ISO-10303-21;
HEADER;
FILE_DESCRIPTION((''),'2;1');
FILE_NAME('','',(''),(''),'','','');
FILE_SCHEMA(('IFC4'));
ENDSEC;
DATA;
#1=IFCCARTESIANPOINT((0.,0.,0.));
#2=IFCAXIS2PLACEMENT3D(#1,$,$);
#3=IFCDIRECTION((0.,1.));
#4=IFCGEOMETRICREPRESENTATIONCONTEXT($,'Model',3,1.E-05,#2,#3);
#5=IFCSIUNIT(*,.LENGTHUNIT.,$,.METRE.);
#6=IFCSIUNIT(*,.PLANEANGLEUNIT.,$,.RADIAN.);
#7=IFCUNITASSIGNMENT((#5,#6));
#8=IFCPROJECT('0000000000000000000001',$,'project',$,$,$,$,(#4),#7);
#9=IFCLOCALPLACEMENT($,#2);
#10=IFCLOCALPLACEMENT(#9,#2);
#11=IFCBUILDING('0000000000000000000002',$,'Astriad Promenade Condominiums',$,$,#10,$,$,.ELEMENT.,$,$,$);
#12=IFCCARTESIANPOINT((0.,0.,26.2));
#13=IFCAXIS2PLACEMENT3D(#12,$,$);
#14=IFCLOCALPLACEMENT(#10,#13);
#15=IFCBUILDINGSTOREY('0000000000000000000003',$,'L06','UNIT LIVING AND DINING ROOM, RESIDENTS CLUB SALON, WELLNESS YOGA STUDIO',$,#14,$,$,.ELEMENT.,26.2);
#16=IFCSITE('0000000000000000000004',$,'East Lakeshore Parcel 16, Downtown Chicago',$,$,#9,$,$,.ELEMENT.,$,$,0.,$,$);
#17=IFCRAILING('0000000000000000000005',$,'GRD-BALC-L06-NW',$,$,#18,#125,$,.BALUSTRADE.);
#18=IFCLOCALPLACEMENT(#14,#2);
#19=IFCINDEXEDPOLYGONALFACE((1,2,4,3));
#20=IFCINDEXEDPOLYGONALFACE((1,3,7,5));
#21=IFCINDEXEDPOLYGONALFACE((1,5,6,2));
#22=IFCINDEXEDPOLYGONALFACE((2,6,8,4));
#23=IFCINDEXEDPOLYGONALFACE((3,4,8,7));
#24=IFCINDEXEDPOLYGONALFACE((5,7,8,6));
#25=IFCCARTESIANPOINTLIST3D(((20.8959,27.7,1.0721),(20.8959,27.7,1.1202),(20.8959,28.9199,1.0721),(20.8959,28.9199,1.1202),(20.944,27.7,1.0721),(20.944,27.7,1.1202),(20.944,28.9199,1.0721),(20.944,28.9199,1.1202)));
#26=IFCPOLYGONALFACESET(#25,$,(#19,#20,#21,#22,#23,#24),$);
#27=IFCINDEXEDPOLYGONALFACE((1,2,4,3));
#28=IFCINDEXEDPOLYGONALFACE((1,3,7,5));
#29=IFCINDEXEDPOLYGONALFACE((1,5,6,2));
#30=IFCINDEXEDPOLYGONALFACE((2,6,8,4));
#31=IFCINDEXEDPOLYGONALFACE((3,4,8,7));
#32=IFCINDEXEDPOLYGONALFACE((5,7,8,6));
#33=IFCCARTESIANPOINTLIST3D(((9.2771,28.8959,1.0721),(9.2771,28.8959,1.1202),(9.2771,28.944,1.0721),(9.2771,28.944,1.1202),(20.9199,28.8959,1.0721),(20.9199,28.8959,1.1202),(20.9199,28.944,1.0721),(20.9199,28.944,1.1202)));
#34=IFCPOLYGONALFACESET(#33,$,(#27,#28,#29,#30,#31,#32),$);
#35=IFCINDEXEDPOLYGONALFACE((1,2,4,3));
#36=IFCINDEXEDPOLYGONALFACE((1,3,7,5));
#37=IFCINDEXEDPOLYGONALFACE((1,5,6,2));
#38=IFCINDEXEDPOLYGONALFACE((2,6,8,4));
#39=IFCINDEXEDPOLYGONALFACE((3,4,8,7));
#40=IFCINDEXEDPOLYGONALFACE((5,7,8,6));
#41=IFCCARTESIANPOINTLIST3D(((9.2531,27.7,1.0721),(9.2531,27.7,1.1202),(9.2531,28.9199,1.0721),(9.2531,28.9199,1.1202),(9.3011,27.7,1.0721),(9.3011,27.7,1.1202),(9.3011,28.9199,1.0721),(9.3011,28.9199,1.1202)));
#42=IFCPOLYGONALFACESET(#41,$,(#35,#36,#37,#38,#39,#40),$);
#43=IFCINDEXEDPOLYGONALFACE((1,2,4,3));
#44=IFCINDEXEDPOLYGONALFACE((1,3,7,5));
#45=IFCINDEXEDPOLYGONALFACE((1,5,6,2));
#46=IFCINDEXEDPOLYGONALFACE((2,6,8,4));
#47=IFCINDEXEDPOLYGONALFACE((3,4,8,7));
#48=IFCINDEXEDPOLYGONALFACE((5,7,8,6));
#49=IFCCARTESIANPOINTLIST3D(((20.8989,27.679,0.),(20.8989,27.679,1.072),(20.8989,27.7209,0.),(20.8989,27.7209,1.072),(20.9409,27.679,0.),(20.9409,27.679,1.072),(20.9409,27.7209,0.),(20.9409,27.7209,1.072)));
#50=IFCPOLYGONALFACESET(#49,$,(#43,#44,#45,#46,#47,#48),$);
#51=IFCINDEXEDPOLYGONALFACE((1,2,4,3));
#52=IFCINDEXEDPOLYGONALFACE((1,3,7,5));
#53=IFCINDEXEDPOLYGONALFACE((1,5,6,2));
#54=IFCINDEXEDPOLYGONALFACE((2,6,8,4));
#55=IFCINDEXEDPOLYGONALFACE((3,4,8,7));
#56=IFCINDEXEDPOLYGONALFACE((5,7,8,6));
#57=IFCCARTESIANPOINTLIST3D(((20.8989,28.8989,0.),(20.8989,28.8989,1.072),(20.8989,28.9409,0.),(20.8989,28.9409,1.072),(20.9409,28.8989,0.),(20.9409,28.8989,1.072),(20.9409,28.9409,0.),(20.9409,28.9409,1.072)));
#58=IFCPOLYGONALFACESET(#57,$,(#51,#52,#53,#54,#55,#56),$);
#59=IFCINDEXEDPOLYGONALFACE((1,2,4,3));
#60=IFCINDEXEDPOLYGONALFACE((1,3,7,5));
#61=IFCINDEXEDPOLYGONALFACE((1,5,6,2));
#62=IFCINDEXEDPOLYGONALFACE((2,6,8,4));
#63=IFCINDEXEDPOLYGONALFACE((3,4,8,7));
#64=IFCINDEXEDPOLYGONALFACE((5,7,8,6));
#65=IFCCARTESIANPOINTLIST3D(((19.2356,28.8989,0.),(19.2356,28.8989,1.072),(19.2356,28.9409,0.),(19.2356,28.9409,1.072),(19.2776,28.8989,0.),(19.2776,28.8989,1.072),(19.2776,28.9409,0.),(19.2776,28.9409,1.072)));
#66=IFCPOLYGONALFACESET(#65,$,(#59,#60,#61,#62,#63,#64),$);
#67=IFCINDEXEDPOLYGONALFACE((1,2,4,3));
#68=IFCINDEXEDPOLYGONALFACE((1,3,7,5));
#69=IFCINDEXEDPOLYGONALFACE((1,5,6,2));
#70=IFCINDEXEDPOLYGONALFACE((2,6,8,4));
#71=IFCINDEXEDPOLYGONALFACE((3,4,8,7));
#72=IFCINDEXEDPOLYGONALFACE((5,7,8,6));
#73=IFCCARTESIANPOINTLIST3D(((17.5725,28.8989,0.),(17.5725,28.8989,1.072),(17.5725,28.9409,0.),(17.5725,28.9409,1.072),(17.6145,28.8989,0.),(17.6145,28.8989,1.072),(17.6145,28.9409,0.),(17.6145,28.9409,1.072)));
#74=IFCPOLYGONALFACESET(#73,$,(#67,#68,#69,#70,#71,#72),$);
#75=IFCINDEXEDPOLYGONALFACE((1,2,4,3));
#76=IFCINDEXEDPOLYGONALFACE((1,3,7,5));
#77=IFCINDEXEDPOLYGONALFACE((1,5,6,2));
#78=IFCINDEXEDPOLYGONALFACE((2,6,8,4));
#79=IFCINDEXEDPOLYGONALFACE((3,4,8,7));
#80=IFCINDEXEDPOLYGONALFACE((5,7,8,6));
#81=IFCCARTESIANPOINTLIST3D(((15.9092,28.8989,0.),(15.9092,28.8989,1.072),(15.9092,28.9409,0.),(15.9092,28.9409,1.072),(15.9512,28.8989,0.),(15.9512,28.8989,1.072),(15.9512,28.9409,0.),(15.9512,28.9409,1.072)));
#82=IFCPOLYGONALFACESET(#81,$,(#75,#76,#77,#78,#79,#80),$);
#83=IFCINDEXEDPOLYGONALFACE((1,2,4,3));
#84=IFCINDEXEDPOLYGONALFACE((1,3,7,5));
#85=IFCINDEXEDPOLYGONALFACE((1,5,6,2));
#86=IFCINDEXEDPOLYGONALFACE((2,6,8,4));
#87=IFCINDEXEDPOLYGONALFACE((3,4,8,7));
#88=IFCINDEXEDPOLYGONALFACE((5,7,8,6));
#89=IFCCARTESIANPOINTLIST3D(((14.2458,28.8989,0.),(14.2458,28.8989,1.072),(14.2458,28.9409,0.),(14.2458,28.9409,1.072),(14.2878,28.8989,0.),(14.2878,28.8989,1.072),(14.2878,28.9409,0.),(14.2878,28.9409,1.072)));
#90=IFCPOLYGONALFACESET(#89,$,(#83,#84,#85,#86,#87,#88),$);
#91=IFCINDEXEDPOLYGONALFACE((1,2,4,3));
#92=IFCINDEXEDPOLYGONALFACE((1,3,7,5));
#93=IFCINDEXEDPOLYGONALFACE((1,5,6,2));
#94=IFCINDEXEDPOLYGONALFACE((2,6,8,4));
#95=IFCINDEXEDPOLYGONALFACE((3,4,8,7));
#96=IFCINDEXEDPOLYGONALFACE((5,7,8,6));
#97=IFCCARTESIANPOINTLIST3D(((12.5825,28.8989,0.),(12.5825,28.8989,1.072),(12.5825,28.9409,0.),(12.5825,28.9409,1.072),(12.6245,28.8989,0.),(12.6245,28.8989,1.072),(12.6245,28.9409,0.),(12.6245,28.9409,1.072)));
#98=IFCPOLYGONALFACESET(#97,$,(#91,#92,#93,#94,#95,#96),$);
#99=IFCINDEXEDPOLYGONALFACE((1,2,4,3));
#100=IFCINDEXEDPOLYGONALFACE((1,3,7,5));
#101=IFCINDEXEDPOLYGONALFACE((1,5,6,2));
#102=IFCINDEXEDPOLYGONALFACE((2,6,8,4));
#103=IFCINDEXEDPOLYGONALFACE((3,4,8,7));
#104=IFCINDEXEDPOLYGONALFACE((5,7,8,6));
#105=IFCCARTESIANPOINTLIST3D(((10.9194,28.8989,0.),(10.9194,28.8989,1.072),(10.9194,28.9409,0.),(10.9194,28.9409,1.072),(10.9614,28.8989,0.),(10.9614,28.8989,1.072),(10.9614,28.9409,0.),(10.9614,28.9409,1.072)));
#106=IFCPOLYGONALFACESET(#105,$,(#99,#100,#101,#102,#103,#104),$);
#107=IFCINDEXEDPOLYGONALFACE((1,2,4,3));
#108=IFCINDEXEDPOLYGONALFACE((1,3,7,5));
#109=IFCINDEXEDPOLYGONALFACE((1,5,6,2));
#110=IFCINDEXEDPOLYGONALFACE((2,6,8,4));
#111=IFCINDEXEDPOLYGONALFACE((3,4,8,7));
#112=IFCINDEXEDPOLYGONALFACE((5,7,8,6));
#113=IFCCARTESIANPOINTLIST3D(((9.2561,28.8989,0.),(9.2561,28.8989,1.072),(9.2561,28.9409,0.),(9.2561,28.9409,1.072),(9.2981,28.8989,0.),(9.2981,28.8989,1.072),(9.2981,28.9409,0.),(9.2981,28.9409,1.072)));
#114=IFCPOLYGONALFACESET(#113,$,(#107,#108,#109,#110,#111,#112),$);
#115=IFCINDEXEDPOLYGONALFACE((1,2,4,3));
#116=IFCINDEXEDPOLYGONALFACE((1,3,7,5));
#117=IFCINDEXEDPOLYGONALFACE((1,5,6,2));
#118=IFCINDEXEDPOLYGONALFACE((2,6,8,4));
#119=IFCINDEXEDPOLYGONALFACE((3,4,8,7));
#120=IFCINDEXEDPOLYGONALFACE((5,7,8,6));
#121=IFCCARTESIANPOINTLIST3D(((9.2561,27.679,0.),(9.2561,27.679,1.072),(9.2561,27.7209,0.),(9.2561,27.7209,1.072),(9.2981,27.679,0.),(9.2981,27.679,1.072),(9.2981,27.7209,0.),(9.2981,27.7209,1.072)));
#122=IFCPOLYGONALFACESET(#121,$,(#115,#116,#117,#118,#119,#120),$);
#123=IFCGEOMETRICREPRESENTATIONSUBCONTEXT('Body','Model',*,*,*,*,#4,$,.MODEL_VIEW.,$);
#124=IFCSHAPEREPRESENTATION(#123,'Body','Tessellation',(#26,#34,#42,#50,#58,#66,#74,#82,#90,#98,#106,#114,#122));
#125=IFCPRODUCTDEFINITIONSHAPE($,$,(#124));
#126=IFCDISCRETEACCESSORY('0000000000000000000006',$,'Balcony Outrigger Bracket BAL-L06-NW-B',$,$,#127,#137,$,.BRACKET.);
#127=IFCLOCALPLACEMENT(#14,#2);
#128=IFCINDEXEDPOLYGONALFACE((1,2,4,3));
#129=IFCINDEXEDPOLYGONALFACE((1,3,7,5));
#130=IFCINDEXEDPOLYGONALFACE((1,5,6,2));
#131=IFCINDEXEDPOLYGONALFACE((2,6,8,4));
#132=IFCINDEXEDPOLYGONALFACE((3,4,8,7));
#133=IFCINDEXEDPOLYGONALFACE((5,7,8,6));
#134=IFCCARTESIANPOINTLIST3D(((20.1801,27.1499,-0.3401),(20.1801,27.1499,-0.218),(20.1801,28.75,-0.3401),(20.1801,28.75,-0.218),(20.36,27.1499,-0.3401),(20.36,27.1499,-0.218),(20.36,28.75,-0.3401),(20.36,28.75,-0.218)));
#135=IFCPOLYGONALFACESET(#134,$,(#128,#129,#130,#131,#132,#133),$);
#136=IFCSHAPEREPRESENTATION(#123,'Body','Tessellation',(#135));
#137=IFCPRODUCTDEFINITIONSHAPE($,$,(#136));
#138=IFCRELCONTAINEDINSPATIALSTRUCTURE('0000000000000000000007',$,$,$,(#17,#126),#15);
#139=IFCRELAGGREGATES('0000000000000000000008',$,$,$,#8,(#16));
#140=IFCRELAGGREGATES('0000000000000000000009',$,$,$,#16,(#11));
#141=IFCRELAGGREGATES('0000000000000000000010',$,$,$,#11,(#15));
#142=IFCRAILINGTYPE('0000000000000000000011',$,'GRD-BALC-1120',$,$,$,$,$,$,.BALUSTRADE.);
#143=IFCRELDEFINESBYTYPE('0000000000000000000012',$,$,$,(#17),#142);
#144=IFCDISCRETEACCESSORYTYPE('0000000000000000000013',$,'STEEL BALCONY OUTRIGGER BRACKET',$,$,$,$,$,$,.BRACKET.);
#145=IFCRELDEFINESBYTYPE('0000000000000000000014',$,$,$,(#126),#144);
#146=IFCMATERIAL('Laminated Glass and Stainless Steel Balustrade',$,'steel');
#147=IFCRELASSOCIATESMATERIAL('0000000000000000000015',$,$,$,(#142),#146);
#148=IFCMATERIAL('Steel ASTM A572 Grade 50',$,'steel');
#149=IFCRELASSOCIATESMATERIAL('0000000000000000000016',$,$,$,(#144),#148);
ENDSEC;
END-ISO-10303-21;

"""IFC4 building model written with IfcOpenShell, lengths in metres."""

from ifc_helpers import new_model, si_unit, direction, frame, origin, origin_2d, place, context, subcontext, project, spatial, rectangle, extrude, source, transform, mapped, material, type_object, type_shapes, element, save


model = new_model("IFC4")

# Units and contexts
model_context = context("Model", 3, precision=1e-05, world=origin(), true_north=direction((0.0, 1.0)))
body_context = subcontext(model_context, "Body", "Model", "MODEL_VIEW")
ifc_project = project(units=[si_unit("LENGTHUNIT", "METRE"), si_unit("PLANEANGLEUNIT", "RADIAN")], contexts=[model_context])

# Site, building, storey
site_placement = place(None, origin())
site = spatial("IfcSite", under=ifc_project, at=site_placement, Name="East Lakeshore Parcel 16, Downtown Chicago", CompositionType="ELEMENT", RefElevation=0.0)
building_placement = place(site_placement, origin())
building = spatial("IfcBuilding", under=site, at=building_placement, Name="Astriad Promenade Condominiums", CompositionType="ELEMENT")
storey_placement = place(building_placement, frame((0.0, 0.0, 26.2)))
storey = spatial("IfcBuildingStorey", under=building, at=storey_placement, Name="L06", Description="UNIT LIVING AND DINING ROOM, RESIDENTS CLUB SALON, WELLNESS YOGA STUDIO", CompositionType="ELEMENT", Elevation=26.2)

# Railing
ifc_material_1 = material(Name="Laminated Glass and Stainless Steel Balustrade", Category="steel")
railing_type = type_object("IfcRailingType", Name="GRD-BALC-1120", PredefinedType="BALUSTRADE", material=ifc_material_1)
shared_shape_1 = source(origin(), body_context, "Body", "SweptSolid", [
    extrude(rectangle(XDim=0.0481, YDim=0.0481, at=origin_2d()), frame((0.0, 0.0, 1.0962), z_axis=(0.0, 1.0, 0.0), x_axis=(-1.0, 0.0, 0.0)), (0.0, 0.0, 1.0), 1.22),
    extrude(rectangle(XDim=0.0481, YDim=0.0481, at=origin_2d()), frame((0.0, 1.22, 1.0962), z_axis=(-1.0, 0.0, 0.0), x_axis=(0.0, -1.0, 0.0)), (0.0, 0.0, 1.0), 11.6428),
    extrude(rectangle(XDim=0.0481, YDim=0.0481, at=origin_2d()), frame((-11.6428, 1.22, 1.0962), z_axis=(0.0, -1.0, 0.0), x_axis=(1.0, 0.0, 0.0)), (0.0, 0.0, 1.0), 1.22),
    extrude(rectangle(XDim=0.042, YDim=0.042, at=origin_2d()), origin(), (0.0, 0.0, 1.0), 1.072),
    extrude(rectangle(XDim=0.042, YDim=0.042, at=origin_2d()), frame((0.0, 1.22, 0.0)), (0.0, 0.0, 1.0), 1.072),
    extrude(rectangle(XDim=0.042, YDim=0.042, at=origin_2d()), frame((-1.6633, 1.22, 0.0)), (0.0, 0.0, 1.0), 1.072),
    extrude(rectangle(XDim=0.042, YDim=0.042, at=origin_2d()), frame((-3.3264, 1.22, 0.0)), (0.0, 0.0, 1.0), 1.072),
    extrude(rectangle(XDim=0.042, YDim=0.042, at=origin_2d()), frame((-4.9897, 1.22, 0.0)), (0.0, 0.0, 1.0), 1.072),
    extrude(rectangle(XDim=0.042, YDim=0.042, at=origin_2d()), frame((-6.6531, 1.22, 0.0)), (0.0, 0.0, 1.0), 1.072),
    extrude(rectangle(XDim=0.042, YDim=0.042, at=origin_2d()), frame((-8.3164, 1.22, 0.0)), (0.0, 0.0, 1.0), 1.072),
    extrude(rectangle(XDim=0.042, YDim=0.042, at=origin_2d()), frame((-9.9795, 1.22, 0.0)), (0.0, 0.0, 1.0), 1.072),
    extrude(rectangle(XDim=0.042, YDim=0.042, at=origin_2d()), frame((-11.6428, 1.22, 0.0)), (0.0, 0.0, 1.0), 1.072),
    extrude(rectangle(XDim=0.042, YDim=0.042, at=origin_2d()), frame((-11.6428, 0.0, 0.0)), (0.0, 0.0, 1.0), 1.072),
])
type_shapes(railing_type, [shared_shape_1])
railing_placement = place(storey_placement, frame((20.9199, 27.7, 0.0)))
element("IfcRailing", 1, at=railing_placement, inside=storey, type_object=railing_type, Name="GRD-BALC-L06-NW", PredefinedType="BALUSTRADE", context=body_context, shape_type="MappedRepresentation", body=[
    mapped(shared_shape_1, transform((0.0, 0.0, 0.0), scale=1.0)),
])

# Discrete accessory
ifc_material_2 = material(Name="Steel ASTM A572 Grade 50", Category="steel")
discrete_accessory_type = type_object("IfcDiscreteAccessoryType", Name="STEEL BALCONY OUTRIGGER BRACKET", PredefinedType="BRACKET", material=ifc_material_2)
shared_shape_2 = source(origin(), body_context, "Body", "SweptSolid", [
    extrude(rectangle(XDim=1.6001, YDim=0.1799, at=origin_2d()), origin(), (0.0, 0.0, 1.0), 0.1221),
])
type_shapes(discrete_accessory_type, [shared_shape_2])
discrete_accessory_placement = place(storey_placement, frame((20.27, 27.95, -0.3401), z_axis=(0.0, 0.0, 1.0), x_axis=(0.0, 1.0, 0.0)))
element("IfcDiscreteAccessory", 2, at=discrete_accessory_placement, inside=storey, type_object=discrete_accessory_type, Name="Balcony Outrigger Bracket BAL-L06-NW-B", PredefinedType="BRACKET", context=body_context, shape_type="MappedRepresentation", body=[
    mapped(shared_shape_2, transform((0.0, 0.0, 0.0), scale=1.0)),
])

save(model, "model.ifc")
